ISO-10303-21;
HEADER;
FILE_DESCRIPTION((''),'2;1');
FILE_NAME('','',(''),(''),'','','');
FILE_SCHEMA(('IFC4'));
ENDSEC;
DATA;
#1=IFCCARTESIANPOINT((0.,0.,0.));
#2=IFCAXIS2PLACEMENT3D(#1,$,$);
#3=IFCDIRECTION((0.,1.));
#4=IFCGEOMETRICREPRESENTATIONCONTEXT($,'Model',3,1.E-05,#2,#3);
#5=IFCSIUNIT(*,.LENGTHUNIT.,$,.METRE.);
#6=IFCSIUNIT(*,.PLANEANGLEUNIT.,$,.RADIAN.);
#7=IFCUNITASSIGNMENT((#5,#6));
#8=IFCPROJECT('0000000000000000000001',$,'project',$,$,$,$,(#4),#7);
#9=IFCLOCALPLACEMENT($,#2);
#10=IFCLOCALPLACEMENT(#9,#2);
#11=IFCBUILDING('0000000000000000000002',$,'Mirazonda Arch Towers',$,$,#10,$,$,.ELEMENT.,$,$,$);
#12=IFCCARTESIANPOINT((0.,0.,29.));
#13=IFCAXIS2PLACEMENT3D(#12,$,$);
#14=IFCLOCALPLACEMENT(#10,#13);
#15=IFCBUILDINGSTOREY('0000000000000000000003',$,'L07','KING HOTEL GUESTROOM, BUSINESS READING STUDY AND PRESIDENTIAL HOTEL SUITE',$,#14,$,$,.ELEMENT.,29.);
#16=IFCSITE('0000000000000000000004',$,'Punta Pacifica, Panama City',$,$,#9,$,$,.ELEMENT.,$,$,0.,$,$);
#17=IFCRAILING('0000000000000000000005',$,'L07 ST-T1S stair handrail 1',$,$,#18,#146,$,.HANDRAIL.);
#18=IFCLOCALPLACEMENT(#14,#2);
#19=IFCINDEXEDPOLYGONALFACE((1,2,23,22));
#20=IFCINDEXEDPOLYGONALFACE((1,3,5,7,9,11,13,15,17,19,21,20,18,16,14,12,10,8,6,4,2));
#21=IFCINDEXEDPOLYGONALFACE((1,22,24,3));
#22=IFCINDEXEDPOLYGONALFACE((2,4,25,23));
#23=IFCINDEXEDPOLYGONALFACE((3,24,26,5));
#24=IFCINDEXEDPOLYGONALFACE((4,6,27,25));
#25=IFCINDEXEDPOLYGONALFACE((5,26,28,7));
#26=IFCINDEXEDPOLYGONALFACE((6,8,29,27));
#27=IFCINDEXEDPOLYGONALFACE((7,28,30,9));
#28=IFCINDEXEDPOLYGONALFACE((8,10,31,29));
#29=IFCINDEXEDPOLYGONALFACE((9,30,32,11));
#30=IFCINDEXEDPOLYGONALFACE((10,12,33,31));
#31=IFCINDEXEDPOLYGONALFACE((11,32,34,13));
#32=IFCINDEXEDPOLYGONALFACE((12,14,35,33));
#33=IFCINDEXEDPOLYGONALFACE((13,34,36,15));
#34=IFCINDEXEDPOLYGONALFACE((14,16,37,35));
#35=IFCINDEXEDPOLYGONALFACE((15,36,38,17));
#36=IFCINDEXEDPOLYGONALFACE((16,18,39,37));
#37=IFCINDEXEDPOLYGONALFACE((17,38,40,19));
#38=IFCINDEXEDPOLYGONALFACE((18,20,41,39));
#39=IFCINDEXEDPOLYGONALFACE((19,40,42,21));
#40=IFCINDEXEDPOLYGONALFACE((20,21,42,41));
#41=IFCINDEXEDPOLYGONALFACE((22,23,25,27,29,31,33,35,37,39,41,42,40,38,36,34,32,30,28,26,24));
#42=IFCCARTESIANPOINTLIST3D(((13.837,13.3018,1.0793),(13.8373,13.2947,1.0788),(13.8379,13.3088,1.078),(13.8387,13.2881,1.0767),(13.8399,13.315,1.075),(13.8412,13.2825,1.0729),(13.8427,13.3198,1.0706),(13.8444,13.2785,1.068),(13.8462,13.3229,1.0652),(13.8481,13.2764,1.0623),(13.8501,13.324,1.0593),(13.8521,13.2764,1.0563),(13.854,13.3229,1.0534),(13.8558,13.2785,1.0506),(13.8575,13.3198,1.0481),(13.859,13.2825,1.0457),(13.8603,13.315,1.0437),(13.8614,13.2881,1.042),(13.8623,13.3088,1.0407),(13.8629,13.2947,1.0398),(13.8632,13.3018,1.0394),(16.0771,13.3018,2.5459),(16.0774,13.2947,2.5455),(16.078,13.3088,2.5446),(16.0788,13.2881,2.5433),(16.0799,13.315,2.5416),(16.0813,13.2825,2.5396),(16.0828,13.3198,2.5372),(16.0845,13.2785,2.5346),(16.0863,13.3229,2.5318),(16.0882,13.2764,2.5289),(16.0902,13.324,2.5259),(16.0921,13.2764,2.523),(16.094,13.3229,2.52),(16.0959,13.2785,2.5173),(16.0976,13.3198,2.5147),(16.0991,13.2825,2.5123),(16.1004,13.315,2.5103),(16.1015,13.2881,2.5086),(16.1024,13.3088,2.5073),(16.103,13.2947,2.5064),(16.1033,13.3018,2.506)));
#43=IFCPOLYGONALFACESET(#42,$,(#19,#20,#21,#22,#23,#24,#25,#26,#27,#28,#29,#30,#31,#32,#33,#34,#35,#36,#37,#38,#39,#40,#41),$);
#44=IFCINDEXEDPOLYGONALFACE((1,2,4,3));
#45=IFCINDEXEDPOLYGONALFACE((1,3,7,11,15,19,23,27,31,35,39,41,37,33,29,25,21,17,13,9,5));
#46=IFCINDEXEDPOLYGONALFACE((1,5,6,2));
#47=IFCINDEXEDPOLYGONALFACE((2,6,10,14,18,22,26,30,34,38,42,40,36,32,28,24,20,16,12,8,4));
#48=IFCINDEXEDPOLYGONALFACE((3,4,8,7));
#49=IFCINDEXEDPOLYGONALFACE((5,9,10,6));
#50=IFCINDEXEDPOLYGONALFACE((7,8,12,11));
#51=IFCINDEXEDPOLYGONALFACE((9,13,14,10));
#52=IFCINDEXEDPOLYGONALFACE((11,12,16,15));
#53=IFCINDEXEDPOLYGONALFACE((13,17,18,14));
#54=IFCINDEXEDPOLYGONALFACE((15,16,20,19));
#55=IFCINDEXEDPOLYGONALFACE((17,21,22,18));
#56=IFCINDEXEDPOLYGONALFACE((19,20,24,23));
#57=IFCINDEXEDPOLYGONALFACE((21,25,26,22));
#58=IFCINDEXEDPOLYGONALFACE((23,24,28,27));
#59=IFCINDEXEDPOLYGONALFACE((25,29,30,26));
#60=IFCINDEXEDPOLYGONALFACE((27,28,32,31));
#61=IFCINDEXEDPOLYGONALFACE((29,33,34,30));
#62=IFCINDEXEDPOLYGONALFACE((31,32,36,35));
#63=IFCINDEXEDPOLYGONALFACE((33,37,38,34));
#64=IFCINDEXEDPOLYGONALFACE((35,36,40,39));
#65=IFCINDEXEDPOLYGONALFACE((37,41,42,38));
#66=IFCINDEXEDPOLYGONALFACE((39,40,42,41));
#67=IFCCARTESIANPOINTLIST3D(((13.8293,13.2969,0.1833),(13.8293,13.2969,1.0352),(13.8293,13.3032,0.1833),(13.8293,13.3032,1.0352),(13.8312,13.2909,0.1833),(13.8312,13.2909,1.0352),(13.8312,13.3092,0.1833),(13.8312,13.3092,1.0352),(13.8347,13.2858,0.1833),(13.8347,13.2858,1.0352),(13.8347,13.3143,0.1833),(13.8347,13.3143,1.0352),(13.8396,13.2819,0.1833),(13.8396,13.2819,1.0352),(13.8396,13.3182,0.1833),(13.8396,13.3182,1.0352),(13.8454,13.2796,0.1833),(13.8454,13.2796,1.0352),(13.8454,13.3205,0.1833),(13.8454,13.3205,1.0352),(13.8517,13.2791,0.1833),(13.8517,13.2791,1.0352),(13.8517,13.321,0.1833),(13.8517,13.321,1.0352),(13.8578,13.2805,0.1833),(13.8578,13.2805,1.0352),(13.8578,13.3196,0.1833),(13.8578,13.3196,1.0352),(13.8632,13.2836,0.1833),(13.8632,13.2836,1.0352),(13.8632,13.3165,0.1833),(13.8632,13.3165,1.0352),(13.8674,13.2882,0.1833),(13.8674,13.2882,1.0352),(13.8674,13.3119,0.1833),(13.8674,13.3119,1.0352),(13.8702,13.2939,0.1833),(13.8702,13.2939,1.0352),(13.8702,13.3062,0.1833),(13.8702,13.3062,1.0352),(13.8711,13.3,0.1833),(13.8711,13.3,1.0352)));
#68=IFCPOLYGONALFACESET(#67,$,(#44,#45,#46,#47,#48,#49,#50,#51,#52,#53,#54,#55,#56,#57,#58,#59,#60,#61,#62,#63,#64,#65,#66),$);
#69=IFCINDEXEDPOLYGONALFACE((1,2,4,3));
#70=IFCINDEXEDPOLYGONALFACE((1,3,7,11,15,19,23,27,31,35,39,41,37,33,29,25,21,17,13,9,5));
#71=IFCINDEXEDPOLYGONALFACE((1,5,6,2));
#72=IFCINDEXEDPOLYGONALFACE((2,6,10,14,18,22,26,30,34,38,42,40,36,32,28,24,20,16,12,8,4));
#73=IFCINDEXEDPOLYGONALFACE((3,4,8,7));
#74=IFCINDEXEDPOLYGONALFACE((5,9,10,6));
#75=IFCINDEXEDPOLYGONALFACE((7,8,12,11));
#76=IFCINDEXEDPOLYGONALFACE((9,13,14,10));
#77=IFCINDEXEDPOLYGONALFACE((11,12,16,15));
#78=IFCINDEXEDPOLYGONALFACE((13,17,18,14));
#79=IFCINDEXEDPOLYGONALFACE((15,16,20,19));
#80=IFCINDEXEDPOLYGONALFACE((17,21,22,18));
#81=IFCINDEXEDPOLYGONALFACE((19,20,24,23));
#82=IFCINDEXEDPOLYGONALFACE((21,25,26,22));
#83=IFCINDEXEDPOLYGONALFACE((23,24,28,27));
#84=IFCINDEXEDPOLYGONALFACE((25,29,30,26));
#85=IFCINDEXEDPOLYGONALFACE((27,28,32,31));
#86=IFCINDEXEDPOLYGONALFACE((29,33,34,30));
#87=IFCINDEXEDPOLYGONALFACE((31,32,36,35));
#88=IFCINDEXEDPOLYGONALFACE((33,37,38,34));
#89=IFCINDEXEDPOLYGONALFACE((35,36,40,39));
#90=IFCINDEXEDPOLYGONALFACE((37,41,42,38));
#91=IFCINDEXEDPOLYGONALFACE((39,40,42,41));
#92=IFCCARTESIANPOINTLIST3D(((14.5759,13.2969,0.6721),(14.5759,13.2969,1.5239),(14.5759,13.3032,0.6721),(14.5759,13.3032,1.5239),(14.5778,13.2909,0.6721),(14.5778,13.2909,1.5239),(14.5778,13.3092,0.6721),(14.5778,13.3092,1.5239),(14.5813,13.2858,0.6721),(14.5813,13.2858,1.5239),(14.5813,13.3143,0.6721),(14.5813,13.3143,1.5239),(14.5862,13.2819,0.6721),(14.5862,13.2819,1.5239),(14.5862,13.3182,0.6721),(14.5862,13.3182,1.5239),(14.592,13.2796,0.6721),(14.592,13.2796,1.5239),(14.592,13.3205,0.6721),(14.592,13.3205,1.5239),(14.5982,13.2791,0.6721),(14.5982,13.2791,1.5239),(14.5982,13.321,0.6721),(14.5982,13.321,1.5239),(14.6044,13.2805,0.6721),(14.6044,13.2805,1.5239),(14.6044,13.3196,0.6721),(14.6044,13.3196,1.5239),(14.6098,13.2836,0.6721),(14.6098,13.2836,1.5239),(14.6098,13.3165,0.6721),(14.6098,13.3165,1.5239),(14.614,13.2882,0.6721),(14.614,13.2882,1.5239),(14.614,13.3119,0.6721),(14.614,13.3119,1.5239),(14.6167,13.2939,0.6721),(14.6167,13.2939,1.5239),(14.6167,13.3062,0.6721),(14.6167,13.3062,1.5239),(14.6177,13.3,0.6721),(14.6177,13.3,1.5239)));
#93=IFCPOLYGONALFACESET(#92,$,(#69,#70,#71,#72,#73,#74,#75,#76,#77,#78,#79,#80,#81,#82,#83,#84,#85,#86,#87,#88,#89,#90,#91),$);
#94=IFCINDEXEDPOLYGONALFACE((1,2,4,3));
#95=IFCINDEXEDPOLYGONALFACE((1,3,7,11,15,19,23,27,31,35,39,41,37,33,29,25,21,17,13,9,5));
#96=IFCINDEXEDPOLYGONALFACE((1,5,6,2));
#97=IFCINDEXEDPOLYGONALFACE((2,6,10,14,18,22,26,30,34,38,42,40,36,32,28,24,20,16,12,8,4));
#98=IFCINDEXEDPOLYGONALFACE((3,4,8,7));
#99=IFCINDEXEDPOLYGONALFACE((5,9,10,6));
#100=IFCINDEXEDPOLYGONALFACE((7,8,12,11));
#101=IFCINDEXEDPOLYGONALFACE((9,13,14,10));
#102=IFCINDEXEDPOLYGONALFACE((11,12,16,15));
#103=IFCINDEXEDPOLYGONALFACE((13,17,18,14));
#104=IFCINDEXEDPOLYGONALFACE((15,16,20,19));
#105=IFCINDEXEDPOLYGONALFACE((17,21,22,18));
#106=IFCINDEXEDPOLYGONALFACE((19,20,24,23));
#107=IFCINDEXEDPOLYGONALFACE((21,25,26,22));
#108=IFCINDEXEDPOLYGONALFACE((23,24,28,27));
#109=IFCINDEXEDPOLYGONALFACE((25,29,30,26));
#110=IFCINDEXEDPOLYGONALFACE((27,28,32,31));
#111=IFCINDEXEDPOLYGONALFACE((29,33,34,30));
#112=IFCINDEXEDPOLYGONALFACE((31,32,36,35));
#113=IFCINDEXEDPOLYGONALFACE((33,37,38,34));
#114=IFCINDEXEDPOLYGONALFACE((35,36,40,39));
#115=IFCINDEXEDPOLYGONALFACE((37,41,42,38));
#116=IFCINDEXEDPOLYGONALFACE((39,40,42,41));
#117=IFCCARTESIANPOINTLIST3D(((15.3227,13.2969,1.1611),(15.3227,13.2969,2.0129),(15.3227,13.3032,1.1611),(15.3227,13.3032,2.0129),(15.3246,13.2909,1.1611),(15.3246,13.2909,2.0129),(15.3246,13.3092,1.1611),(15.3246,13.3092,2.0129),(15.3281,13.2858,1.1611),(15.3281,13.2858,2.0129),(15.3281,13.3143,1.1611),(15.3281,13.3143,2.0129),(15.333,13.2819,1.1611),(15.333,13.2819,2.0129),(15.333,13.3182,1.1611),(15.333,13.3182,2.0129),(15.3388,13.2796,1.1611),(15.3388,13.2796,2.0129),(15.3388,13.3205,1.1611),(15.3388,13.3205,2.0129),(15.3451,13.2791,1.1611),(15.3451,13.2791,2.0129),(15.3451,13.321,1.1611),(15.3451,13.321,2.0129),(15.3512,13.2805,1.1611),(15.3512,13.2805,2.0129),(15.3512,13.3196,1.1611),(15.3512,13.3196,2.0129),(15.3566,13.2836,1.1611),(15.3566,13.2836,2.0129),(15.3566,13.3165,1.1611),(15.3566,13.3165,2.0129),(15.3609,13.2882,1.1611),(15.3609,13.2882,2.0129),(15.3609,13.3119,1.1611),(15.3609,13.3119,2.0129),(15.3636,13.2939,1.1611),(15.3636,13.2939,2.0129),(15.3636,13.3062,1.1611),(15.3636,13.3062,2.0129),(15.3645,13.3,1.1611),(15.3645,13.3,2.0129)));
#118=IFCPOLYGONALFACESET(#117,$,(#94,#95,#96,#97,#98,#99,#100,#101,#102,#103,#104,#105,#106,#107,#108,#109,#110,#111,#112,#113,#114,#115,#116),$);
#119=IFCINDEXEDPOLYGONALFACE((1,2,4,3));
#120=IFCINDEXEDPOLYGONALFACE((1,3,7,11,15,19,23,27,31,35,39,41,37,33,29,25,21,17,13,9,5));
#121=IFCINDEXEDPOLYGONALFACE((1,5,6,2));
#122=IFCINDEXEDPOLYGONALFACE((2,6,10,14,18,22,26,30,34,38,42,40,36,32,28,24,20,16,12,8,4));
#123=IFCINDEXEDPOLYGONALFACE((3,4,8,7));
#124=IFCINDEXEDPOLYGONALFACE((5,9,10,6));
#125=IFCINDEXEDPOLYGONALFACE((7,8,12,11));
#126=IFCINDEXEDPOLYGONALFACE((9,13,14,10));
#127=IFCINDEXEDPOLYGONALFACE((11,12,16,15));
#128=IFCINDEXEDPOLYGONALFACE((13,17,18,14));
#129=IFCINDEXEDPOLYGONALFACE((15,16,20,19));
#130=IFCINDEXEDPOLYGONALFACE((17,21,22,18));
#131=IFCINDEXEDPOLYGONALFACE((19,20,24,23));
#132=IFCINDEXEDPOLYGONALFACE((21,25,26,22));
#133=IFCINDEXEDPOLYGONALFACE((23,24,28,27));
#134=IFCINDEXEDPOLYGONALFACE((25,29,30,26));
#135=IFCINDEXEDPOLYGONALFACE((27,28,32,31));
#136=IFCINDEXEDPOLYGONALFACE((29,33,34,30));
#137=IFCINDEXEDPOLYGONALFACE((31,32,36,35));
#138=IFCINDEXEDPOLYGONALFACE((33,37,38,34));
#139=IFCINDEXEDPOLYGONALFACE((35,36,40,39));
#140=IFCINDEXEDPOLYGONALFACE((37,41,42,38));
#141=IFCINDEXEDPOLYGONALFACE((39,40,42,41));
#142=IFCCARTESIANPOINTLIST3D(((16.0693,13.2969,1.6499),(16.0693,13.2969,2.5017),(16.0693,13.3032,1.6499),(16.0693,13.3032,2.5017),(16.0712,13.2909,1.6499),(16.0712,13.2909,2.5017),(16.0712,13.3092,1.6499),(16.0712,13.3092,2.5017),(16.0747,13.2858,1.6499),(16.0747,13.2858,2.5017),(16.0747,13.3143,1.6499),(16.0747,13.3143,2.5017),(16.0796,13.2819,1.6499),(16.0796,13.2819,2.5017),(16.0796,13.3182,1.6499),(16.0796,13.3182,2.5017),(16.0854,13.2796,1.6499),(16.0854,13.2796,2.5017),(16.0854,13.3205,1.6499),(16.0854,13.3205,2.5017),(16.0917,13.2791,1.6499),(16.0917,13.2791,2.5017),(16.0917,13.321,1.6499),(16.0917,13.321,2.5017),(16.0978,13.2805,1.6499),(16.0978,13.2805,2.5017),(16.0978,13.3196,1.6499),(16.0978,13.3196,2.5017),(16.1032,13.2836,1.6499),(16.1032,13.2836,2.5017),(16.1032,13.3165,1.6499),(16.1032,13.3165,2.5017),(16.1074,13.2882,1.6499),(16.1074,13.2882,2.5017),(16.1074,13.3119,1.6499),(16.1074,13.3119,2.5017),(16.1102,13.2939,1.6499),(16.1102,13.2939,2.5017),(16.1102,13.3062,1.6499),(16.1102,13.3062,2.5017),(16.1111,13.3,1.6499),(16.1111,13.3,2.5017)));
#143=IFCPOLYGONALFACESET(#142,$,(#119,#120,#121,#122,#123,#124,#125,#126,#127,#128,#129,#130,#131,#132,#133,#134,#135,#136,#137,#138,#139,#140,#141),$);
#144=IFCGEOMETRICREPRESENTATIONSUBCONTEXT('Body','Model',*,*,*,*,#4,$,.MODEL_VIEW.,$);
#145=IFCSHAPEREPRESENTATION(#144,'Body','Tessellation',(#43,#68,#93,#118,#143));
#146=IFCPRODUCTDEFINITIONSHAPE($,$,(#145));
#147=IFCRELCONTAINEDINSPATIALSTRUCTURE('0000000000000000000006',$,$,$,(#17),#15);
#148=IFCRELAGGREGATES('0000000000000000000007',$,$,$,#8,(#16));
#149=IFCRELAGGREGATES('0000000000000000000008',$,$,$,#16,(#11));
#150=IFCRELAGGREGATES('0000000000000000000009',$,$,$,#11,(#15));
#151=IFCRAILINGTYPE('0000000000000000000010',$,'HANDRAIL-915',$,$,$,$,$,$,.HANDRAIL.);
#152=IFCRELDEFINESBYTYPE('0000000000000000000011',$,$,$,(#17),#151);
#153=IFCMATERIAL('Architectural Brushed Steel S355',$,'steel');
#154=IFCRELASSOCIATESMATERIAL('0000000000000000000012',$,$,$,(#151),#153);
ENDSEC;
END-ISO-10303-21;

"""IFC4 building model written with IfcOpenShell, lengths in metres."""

from ifc_helpers import new_model, si_unit, direction, frame, origin, origin_2d, place, context, subcontext, project, spatial, circle, extrude, material, type_object, element, save


model = new_model("IFC4")

# Units and contexts
model_context = context("Model", 3, precision=1e-05, world=origin(), true_north=direction((0.0, 1.0)))
body_context = subcontext(model_context, "Body", "Model", "MODEL_VIEW")
ifc_project = project(units=[si_unit("LENGTHUNIT", "METRE"), si_unit("PLANEANGLEUNIT", "RADIAN")], contexts=[model_context])

# Site, building, storey
site_placement = place(None, origin())
site = spatial("IfcSite", under=ifc_project, at=site_placement, Name="Punta Pacifica, Panama City", CompositionType="ELEMENT", RefElevation=0.0)
building_placement = place(site_placement, origin())
building = spatial("IfcBuilding", under=site, at=building_placement, Name="Mirazonda Arch Towers", CompositionType="ELEMENT")
storey_placement = place(building_placement, frame((0.0, 0.0, 29.0)))
storey = spatial("IfcBuildingStorey", under=building, at=storey_placement, Name="L07", Description="KING HOTEL GUESTROOM, BUSINESS READING STUDY AND PRESIDENTIAL HOTEL SUITE", CompositionType="ELEMENT", Elevation=29.0)

# Shared definitions
ifc_material_1 = material(Name="Architectural Brushed Steel S355", Category="steel")

# Railing
railing_type_1 = type_object("IfcRailingType", Name="HANDRAIL-915", PredefinedType="HANDRAIL", material=ifc_material_1)
railing_1_placement = place(storey_placement, frame((13.8501, 13.3, 0.1833)))
element("IfcRailing", 1, at=railing_1_placement, inside=storey, type_object=railing_type_1, Name="L07 ST-T1S stair handrail 1", PredefinedType="HANDRAIL", context=body_context, shape_type="SweptSolid", body=[
    extrude(circle(Radius=0.0239, at=origin_2d()), frame((0.0, 0.0, 0.876), z_axis=(0.836637, 0.0, 0.547758), x_axis=(0.0, 1.0, 0.0)), (0.0, 0.0, 1.0), 2.6775),
    extrude(circle(Radius=0.021, at=origin_2d()), origin(), (0.0, 0.0, 1.0), 0.8518),
    extrude(circle(Radius=0.021, at=origin_2d()), frame((0.7466, 0.0, 0.4888)), (0.0, 0.0, 1.0), 0.8518),
    extrude(circle(Radius=0.021, at=origin_2d()), frame((1.4934, 0.0, 0.9778)), (0.0, 0.0, 1.0), 0.8518),
    extrude(circle(Radius=0.021, at=origin_2d()), frame((2.24, 0.0, 1.4666)), (0.0, 0.0, 1.0), 0.8518),
])

save(model, "model.ifc")
